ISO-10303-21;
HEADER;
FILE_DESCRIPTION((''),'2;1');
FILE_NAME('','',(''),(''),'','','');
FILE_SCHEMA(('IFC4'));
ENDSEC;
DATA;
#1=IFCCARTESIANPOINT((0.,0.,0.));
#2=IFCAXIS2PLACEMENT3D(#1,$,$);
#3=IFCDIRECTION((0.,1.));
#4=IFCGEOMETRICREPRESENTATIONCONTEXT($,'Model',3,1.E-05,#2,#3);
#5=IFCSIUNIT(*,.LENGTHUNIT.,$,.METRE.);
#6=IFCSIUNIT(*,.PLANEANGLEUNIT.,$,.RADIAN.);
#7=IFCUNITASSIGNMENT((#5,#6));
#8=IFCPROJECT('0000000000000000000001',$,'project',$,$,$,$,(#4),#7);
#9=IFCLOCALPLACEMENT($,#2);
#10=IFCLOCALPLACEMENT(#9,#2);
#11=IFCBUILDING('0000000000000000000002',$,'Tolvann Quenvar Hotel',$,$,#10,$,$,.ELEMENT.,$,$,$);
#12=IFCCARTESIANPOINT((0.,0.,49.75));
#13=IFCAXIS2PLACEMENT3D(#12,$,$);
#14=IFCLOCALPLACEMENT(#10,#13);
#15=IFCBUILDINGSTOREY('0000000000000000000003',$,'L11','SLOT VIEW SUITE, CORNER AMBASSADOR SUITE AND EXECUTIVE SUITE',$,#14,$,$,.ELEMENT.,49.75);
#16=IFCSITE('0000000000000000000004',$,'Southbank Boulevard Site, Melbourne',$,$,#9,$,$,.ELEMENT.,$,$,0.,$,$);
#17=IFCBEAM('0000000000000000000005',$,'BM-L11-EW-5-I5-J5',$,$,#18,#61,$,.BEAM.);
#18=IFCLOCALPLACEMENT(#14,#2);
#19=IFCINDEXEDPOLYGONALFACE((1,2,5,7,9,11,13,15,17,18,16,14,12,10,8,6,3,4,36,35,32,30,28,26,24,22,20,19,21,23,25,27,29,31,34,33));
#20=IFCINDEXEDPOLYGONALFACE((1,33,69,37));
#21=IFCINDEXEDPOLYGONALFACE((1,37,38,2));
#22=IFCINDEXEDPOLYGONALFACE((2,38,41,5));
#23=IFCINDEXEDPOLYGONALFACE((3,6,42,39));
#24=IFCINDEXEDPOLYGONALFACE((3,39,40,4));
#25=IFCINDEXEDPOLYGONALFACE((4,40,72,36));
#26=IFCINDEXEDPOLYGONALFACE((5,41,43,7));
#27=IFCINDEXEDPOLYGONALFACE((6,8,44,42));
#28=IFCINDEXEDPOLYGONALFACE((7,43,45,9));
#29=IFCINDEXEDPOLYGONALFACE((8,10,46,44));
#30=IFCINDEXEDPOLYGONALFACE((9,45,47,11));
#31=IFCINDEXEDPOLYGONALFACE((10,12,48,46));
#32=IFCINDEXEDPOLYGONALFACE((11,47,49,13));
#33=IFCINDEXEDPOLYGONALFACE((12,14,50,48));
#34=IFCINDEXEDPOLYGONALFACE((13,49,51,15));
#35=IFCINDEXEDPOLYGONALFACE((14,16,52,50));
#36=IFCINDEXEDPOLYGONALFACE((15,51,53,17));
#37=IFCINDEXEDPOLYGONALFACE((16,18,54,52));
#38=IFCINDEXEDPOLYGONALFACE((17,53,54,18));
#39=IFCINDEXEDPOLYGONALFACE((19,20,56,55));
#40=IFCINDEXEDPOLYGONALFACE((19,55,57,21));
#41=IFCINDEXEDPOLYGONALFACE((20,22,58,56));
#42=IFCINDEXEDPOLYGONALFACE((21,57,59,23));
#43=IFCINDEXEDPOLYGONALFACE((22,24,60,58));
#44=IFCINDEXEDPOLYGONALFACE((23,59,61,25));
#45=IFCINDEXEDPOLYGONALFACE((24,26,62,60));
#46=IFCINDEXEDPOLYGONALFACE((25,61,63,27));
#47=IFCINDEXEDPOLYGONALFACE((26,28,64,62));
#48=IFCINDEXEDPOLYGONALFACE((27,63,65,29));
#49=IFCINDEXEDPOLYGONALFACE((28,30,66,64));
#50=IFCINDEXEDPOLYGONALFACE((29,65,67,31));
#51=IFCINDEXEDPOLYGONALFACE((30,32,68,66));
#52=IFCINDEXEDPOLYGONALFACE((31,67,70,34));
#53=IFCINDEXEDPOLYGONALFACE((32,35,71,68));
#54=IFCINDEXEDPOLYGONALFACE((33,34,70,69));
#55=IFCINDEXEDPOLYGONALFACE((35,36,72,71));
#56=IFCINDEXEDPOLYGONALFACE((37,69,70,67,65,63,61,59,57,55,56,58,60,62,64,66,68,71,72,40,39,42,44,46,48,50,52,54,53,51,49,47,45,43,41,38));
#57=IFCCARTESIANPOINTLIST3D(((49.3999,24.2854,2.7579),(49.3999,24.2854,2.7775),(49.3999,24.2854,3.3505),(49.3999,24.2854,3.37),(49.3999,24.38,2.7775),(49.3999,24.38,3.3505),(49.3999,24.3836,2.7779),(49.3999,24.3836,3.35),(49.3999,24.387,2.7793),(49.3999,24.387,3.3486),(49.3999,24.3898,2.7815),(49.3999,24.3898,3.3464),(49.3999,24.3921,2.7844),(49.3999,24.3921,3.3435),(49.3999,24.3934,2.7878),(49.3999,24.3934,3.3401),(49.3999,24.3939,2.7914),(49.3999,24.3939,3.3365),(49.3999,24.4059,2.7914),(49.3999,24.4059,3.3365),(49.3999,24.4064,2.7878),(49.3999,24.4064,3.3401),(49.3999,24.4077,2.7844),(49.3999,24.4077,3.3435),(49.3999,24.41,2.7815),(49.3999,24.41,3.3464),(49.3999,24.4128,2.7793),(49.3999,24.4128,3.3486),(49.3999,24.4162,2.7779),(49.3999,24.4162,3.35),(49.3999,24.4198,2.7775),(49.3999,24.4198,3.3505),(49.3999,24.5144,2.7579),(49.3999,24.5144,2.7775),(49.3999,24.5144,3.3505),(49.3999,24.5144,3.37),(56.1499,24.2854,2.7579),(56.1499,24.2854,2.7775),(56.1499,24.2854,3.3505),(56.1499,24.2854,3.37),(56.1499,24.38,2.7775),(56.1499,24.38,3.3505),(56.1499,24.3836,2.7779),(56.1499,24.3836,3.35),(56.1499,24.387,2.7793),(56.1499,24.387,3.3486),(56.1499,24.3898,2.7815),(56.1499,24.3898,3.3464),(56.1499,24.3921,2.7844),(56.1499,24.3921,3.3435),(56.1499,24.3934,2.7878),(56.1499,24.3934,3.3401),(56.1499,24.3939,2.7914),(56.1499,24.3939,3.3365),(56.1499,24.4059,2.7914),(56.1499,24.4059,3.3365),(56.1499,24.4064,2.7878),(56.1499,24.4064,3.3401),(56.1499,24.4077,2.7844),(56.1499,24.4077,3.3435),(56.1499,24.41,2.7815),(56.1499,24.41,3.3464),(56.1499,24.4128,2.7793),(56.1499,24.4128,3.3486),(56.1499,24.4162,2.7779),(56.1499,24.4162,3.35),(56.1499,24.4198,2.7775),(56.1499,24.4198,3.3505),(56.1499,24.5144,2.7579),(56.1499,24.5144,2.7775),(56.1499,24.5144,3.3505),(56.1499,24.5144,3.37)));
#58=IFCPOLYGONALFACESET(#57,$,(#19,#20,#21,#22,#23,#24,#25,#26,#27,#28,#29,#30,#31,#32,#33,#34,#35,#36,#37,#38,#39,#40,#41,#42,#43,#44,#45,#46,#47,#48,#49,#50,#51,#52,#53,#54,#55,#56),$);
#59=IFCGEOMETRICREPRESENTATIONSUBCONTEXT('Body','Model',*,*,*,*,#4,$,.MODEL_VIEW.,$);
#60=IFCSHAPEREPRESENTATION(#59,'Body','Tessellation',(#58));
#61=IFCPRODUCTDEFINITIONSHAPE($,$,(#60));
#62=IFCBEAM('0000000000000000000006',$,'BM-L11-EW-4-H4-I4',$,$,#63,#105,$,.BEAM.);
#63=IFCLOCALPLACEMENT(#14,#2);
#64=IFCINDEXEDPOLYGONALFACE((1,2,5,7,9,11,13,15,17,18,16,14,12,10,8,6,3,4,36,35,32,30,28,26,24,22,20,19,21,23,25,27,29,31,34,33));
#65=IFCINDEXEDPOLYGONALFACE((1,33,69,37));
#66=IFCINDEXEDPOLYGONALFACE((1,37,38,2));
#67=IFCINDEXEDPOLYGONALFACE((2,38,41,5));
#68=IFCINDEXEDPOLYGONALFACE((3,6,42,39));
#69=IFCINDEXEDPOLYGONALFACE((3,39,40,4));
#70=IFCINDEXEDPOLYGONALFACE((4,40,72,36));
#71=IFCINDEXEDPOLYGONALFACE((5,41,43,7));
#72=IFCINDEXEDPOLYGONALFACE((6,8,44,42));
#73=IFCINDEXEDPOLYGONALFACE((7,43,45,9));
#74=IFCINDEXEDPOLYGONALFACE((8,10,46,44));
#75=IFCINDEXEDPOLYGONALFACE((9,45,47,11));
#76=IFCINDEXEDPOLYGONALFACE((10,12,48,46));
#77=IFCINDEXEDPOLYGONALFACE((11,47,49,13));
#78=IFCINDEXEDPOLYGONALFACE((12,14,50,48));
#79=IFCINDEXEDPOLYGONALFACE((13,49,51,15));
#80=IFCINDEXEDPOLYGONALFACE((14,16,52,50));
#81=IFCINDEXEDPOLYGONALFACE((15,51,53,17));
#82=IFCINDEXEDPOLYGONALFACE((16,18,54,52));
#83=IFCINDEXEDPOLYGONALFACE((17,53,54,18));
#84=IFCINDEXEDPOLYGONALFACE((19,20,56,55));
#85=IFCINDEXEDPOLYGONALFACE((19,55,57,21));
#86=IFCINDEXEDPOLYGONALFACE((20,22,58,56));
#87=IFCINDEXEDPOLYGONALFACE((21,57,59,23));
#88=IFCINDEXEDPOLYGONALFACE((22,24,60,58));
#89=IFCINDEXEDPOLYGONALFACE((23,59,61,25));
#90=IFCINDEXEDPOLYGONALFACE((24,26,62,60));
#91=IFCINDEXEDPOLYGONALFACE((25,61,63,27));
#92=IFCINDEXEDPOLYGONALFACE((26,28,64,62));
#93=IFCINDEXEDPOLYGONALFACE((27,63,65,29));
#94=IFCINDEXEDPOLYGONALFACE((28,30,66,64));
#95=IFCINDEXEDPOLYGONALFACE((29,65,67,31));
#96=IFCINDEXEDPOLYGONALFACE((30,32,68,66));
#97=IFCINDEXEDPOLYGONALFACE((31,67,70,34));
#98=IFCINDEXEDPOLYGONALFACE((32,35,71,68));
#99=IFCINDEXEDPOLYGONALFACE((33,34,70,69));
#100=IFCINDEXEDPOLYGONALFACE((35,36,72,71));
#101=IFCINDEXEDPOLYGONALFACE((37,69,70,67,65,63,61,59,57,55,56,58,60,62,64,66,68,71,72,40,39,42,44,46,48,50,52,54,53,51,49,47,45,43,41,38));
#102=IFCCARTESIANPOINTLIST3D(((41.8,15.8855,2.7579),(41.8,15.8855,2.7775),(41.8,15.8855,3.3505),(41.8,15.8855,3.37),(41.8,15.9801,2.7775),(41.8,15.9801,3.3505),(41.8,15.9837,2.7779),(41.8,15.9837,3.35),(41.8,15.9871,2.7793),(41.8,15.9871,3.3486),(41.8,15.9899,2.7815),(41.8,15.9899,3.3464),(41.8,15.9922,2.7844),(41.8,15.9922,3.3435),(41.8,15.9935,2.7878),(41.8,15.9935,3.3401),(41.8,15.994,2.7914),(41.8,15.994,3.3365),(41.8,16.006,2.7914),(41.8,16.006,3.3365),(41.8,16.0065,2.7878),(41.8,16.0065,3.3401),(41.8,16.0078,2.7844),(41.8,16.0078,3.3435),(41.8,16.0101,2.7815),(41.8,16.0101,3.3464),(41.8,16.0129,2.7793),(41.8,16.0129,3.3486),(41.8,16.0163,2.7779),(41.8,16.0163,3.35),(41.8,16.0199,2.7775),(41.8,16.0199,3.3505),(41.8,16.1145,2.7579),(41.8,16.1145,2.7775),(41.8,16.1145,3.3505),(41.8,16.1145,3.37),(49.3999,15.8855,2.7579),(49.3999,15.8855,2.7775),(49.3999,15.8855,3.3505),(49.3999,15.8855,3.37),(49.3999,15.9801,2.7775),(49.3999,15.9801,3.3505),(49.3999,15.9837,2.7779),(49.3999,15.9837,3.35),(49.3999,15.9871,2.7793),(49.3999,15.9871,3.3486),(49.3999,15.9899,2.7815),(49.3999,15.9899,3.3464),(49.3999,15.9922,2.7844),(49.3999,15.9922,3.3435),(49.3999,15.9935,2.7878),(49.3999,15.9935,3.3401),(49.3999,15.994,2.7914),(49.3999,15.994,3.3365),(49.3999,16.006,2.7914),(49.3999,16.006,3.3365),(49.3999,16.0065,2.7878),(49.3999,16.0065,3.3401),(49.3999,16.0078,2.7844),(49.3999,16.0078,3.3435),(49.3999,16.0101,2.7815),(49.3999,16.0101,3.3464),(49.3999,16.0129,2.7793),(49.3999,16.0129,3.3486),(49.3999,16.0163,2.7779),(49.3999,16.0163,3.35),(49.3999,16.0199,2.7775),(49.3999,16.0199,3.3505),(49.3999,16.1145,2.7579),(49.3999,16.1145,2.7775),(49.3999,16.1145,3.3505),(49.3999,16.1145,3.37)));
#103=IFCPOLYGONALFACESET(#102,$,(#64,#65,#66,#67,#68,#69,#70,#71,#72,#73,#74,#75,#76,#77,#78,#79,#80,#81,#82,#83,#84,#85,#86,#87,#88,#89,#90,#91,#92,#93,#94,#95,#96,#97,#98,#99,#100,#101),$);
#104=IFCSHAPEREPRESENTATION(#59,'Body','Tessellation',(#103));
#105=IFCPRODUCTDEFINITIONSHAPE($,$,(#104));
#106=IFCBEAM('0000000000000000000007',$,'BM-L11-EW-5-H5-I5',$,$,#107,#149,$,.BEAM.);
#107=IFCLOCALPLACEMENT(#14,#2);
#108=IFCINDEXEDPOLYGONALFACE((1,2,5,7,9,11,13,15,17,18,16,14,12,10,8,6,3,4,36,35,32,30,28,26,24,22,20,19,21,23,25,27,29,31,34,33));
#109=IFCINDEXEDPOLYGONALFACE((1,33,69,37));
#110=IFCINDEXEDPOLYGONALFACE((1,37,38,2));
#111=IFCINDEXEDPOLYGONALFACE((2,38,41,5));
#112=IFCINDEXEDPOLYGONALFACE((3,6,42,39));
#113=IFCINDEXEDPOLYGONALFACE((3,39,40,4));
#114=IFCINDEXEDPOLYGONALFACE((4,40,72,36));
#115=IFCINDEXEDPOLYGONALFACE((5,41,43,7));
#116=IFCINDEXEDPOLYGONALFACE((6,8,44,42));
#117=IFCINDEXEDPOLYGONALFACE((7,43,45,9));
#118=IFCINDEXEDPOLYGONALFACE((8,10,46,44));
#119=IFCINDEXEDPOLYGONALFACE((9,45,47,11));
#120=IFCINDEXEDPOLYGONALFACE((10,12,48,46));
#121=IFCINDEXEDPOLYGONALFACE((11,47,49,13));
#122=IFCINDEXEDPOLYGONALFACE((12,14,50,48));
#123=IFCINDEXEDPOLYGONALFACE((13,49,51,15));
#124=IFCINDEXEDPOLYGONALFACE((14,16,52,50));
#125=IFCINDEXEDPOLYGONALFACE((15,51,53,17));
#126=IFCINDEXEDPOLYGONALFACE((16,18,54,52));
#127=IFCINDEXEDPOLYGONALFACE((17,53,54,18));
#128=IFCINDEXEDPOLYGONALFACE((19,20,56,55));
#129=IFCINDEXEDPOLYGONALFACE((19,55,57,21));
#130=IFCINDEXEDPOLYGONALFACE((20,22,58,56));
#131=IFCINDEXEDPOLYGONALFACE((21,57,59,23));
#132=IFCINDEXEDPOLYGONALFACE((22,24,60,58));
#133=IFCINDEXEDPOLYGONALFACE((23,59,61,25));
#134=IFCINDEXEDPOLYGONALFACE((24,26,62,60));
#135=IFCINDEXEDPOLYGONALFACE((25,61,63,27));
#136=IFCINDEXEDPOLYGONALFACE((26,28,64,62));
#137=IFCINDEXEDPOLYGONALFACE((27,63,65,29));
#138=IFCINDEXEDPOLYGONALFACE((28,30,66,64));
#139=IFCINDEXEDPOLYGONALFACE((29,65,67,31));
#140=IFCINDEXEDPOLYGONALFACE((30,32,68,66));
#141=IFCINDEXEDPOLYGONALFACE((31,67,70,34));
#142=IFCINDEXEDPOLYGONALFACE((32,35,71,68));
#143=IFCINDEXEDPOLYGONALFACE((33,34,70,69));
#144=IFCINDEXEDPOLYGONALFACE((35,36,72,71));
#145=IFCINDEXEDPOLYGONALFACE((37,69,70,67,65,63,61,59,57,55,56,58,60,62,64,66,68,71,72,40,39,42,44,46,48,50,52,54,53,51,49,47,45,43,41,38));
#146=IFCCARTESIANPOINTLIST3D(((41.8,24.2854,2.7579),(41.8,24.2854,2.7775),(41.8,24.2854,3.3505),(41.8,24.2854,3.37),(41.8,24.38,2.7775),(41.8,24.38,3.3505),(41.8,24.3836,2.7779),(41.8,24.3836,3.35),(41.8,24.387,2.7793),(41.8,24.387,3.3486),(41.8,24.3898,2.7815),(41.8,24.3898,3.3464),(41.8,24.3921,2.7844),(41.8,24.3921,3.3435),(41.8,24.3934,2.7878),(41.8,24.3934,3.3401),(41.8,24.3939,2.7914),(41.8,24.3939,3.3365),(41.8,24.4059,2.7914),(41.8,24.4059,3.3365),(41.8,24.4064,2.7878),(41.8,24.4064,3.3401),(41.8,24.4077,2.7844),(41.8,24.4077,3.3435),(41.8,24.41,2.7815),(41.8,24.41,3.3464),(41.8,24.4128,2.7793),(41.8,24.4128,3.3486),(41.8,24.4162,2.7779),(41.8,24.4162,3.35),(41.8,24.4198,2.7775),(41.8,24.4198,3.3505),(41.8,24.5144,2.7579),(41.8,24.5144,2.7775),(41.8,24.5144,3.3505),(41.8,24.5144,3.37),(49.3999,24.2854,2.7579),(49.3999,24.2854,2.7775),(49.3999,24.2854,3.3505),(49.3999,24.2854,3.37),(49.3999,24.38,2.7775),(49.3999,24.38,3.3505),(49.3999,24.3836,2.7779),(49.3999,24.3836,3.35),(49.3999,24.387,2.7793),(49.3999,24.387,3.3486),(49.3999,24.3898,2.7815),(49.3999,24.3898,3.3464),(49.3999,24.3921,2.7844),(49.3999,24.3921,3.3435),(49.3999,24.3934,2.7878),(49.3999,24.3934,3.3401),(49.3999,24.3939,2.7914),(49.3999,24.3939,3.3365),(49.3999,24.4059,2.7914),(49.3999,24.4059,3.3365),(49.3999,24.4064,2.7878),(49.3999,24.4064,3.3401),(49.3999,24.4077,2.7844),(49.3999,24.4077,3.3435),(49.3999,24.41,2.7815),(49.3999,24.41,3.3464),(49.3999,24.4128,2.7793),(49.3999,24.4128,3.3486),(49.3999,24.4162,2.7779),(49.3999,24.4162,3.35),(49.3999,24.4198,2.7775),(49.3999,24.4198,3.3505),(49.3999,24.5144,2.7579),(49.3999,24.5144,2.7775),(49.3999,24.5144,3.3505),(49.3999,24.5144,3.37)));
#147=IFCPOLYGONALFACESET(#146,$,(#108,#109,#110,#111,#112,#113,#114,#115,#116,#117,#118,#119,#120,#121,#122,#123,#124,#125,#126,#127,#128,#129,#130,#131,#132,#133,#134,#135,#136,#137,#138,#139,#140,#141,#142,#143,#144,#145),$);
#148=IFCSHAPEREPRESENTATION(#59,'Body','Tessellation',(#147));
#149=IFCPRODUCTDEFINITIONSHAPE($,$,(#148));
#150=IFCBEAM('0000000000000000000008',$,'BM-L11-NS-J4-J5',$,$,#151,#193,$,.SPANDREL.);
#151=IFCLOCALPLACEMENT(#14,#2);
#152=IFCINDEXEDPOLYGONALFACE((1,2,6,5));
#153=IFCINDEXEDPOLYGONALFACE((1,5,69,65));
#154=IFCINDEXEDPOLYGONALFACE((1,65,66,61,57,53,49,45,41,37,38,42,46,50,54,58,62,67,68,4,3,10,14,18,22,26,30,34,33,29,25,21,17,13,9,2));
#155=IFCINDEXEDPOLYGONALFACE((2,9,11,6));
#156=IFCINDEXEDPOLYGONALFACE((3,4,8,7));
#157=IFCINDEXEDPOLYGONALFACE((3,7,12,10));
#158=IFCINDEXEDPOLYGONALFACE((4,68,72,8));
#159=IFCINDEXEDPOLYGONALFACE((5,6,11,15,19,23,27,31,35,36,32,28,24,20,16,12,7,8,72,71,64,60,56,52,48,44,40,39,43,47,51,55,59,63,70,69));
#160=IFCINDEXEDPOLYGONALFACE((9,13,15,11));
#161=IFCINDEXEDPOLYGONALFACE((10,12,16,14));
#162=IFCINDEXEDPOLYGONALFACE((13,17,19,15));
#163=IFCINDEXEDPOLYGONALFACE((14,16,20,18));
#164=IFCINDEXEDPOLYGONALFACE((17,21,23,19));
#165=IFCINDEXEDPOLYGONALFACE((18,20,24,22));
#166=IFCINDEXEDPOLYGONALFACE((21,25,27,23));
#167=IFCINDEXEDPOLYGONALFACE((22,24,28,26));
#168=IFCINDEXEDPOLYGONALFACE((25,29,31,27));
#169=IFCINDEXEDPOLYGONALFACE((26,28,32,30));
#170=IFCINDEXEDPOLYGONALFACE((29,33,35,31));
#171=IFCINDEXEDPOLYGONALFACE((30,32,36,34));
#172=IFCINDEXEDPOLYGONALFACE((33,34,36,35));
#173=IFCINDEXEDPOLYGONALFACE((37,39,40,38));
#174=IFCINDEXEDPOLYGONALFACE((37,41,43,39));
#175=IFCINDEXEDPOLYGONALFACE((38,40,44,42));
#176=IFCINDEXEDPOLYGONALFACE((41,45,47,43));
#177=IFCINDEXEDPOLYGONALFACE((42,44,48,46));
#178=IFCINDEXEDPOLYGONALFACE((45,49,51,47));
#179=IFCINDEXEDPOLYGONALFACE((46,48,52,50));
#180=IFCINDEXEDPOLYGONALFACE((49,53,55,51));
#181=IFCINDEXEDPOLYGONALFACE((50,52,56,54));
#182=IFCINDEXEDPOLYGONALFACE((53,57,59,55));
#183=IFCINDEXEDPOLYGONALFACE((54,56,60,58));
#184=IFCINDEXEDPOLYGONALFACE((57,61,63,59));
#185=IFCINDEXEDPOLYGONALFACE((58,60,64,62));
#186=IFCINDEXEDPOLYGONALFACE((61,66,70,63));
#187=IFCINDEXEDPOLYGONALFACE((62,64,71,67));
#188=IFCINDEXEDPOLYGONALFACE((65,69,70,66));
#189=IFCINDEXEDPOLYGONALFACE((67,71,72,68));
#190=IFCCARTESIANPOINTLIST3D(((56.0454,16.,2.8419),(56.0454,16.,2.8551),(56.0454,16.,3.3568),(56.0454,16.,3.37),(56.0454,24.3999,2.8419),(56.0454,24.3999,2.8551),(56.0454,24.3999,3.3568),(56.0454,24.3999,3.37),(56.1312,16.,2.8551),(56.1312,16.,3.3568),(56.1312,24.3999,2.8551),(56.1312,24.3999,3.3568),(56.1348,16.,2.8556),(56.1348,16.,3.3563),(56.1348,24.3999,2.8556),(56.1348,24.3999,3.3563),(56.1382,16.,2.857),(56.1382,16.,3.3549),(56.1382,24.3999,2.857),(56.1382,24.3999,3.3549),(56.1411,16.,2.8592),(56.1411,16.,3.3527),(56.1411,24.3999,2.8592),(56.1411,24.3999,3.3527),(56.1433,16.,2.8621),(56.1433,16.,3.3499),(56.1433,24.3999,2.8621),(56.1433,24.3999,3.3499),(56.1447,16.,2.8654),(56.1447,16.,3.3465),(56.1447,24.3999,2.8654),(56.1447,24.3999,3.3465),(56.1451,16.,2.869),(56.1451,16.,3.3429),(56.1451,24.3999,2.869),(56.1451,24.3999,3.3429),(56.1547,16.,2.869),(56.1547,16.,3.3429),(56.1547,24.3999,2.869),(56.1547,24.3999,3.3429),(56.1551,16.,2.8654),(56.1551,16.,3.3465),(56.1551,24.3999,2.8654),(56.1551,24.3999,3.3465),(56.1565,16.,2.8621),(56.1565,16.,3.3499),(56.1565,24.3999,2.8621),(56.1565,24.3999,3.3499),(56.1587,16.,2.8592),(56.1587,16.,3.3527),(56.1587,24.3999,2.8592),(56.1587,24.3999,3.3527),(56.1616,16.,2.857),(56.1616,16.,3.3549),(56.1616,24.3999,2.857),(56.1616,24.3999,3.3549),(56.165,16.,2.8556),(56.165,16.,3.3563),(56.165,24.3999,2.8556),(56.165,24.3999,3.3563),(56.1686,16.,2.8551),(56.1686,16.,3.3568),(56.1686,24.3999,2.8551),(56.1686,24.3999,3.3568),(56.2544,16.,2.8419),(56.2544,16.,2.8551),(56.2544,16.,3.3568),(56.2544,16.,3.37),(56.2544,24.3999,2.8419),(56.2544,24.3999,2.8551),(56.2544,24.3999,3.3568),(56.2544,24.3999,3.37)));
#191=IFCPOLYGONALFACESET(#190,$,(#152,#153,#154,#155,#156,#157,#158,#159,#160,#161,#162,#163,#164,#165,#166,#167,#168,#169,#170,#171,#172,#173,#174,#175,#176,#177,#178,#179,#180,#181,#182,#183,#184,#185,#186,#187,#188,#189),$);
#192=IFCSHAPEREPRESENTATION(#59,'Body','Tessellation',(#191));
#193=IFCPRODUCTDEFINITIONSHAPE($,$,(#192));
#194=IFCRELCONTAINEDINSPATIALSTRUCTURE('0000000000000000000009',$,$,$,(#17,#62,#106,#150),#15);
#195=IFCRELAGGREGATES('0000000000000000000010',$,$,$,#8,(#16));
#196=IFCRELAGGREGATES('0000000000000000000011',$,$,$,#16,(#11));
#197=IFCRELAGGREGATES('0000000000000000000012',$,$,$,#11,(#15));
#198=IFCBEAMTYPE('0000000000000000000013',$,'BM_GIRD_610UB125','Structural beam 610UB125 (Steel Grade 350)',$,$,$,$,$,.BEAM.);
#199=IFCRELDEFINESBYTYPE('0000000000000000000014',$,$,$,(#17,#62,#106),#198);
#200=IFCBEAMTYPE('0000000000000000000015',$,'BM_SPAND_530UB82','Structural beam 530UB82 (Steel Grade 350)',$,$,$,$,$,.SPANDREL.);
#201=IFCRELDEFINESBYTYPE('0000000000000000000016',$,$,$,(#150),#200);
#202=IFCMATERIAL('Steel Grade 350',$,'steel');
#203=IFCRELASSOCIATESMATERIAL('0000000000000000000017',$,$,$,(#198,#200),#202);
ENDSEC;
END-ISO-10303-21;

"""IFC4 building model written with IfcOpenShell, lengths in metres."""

from ifc_helpers import new_model, si_unit, direction, frame, origin, origin_2d, place, context, subcontext, project, spatial, i_section, extrude, source, transform, mapped, material, material_profile, profile_set, type_object, type_shapes, element, save


model = new_model("IFC4")

# Units and contexts
model_context = context("Model", 3, precision=1e-05, world=origin(), true_north=direction((0.0, 1.0)))
body_context = subcontext(model_context, "Body", "Model", "MODEL_VIEW")
ifc_project = project(units=[si_unit("LENGTHUNIT", "METRE"), si_unit("PLANEANGLEUNIT", "RADIAN")], contexts=[model_context])

# Site, building, storey
site_placement = place(None, origin())
site = spatial("IfcSite", under=ifc_project, at=site_placement, Name="Southbank Boulevard Site, Melbourne", CompositionType="ELEMENT", RefElevation=0.0)
building_placement = place(site_placement, origin())
building = spatial("IfcBuilding", under=site, at=building_placement, Name="Tolvann Quenvar Hotel", CompositionType="ELEMENT")
storey_placement = place(building_placement, frame((0.0, 0.0, 49.75)))
storey = spatial("IfcBuildingStorey", under=building, at=storey_placement, Name="L11", Description="SLOT VIEW SUITE, CORNER AMBASSADOR SUITE AND EXECUTIVE SUITE", CompositionType="ELEMENT", Elevation=49.75)

# Shared definitions
ifc_material_1 = material(Name="Steel Grade 350", Category="steel")

# Beams
ifc_material_profile_1 = material_profile(ifc_material_1, i_section(OverallWidth=0.229, OverallDepth=0.6121, WebThickness=0.012, FlangeThickness=0.0195, FilletRadius=0.0139, at=origin_2d()), Name="610UB125")
ifc_profile_set_1 = profile_set([ifc_material_profile_1], Name="Steel Grade 350")
beam_type_1 = type_object("IfcBeamType", Name="BM_GIRD_610UB125", Description="Structural beam 610UB125 (Steel Grade 350)", PredefinedType="BEAM", material=ifc_profile_set_1)
shared_shape_1 = source(origin(), body_context, "Body", "SweptSolid", [
    extrude(i_section(OverallWidth=0.229, OverallDepth=0.6121, WebThickness=0.012, FlangeThickness=0.0195, FilletRadius=0.0139, at=origin_2d()), origin(), (0.0, 0.0, 1.0), 6.75),
])
for number, where, z_axis, x_axis, name in (
    (1, (49.3999, 24.3999, 3.064), (1.0, 0.0, 0.0), (0.0, 1.0, 0.0), "BM-L11-EW-5-I5-J5"),
):
    element("IfcBeam", number, at=place(storey_placement, frame(where, z_axis=z_axis, x_axis=x_axis)), inside=storey, type_object=beam_type_1, Name=name, PredefinedType="BEAM", context=body_context, shape_type="MappedRepresentation", body=[
        mapped(shared_shape_1, transform((0.0, 0.0, 0.0), x_axis=(1.0, 0.0, 0.0), y_axis=(0.0, 1.0, 0.0), z_axis=(0.0, 0.0, 1.0), scale=1.0)),
    ])
shared_shape_2 = source(origin(), body_context, "Body", "SweptSolid", [
    extrude(i_section(OverallWidth=0.229, OverallDepth=0.6121, WebThickness=0.012, FlangeThickness=0.0195, FilletRadius=0.0139, at=origin_2d()), origin(), (0.0, 0.0, 1.0), 7.5999),
])
type_shapes(beam_type_1, [shared_shape_1, shared_shape_2])
for number, where, z_axis, x_axis, name in (
    (2, (41.8, 16.0, 3.064), (1.0, 0.0, 0.0), (0.0, 1.0, 0.0), "BM-L11-EW-4-H4-I4"),
    (3, (41.8, 24.3999, 3.064), (1.0, 0.0, 0.0), (0.0, 1.0, 0.0), "BM-L11-EW-5-H5-I5"),
):
    element("IfcBeam", number, at=place(storey_placement, frame(where, z_axis=z_axis, x_axis=x_axis)), inside=storey, type_object=beam_type_1, Name=name, PredefinedType="BEAM", context=body_context, shape_type="MappedRepresentation", body=[
        mapped(shared_shape_2, transform((0.0, 0.0, 0.0), x_axis=(1.0, 0.0, 0.0), y_axis=(0.0, 1.0, 0.0), z_axis=(0.0, 0.0, 1.0), scale=1.0)),
    ])
ifc_material_profile_2 = material_profile(ifc_material_1, i_section(OverallWidth=0.209, OverallDepth=0.5281, WebThickness=0.0095, FlangeThickness=0.0132, FilletRadius=0.0139, at=origin_2d()), Name="530UB82")
ifc_profile_set_2 = profile_set([ifc_material_profile_2], Name="Steel Grade 350")
beam_type_2 = type_object("IfcBeamType", Name="BM_SPAND_530UB82", Description="Structural beam 530UB82 (Steel Grade 350)", PredefinedType="SPANDREL", material=ifc_profile_set_2)
shared_shape_3 = source(origin(), body_context, "Body", "SweptSolid", [
    extrude(i_section(OverallWidth=0.209, OverallDepth=0.5281, WebThickness=0.0095, FlangeThickness=0.0132, FilletRadius=0.0139, at=origin_2d()), origin(), (0.0, 0.0, 1.0), 8.3999),
])
type_shapes(beam_type_2, [shared_shape_3])
beam_1_placement = place(storey_placement, frame((56.1499, 16.0, 3.106), z_axis=(0.0, 1.0, 0.0), x_axis=(-1.0, 0.0, 0.0)))
element("IfcBeam", 4, at=beam_1_placement, inside=storey, type_object=beam_type_2, Name="BM-L11-NS-J4-J5", PredefinedType="SPANDREL", context=body_context, shape_type="MappedRepresentation", body=[
    mapped(shared_shape_3, transform((0.0, 0.0, 0.0), x_axis=(1.0, 0.0, 0.0), y_axis=(0.0, 1.0, 0.0), z_axis=(0.0, 0.0, 1.0), scale=1.0)),
])

save(model, "model.ifc")
